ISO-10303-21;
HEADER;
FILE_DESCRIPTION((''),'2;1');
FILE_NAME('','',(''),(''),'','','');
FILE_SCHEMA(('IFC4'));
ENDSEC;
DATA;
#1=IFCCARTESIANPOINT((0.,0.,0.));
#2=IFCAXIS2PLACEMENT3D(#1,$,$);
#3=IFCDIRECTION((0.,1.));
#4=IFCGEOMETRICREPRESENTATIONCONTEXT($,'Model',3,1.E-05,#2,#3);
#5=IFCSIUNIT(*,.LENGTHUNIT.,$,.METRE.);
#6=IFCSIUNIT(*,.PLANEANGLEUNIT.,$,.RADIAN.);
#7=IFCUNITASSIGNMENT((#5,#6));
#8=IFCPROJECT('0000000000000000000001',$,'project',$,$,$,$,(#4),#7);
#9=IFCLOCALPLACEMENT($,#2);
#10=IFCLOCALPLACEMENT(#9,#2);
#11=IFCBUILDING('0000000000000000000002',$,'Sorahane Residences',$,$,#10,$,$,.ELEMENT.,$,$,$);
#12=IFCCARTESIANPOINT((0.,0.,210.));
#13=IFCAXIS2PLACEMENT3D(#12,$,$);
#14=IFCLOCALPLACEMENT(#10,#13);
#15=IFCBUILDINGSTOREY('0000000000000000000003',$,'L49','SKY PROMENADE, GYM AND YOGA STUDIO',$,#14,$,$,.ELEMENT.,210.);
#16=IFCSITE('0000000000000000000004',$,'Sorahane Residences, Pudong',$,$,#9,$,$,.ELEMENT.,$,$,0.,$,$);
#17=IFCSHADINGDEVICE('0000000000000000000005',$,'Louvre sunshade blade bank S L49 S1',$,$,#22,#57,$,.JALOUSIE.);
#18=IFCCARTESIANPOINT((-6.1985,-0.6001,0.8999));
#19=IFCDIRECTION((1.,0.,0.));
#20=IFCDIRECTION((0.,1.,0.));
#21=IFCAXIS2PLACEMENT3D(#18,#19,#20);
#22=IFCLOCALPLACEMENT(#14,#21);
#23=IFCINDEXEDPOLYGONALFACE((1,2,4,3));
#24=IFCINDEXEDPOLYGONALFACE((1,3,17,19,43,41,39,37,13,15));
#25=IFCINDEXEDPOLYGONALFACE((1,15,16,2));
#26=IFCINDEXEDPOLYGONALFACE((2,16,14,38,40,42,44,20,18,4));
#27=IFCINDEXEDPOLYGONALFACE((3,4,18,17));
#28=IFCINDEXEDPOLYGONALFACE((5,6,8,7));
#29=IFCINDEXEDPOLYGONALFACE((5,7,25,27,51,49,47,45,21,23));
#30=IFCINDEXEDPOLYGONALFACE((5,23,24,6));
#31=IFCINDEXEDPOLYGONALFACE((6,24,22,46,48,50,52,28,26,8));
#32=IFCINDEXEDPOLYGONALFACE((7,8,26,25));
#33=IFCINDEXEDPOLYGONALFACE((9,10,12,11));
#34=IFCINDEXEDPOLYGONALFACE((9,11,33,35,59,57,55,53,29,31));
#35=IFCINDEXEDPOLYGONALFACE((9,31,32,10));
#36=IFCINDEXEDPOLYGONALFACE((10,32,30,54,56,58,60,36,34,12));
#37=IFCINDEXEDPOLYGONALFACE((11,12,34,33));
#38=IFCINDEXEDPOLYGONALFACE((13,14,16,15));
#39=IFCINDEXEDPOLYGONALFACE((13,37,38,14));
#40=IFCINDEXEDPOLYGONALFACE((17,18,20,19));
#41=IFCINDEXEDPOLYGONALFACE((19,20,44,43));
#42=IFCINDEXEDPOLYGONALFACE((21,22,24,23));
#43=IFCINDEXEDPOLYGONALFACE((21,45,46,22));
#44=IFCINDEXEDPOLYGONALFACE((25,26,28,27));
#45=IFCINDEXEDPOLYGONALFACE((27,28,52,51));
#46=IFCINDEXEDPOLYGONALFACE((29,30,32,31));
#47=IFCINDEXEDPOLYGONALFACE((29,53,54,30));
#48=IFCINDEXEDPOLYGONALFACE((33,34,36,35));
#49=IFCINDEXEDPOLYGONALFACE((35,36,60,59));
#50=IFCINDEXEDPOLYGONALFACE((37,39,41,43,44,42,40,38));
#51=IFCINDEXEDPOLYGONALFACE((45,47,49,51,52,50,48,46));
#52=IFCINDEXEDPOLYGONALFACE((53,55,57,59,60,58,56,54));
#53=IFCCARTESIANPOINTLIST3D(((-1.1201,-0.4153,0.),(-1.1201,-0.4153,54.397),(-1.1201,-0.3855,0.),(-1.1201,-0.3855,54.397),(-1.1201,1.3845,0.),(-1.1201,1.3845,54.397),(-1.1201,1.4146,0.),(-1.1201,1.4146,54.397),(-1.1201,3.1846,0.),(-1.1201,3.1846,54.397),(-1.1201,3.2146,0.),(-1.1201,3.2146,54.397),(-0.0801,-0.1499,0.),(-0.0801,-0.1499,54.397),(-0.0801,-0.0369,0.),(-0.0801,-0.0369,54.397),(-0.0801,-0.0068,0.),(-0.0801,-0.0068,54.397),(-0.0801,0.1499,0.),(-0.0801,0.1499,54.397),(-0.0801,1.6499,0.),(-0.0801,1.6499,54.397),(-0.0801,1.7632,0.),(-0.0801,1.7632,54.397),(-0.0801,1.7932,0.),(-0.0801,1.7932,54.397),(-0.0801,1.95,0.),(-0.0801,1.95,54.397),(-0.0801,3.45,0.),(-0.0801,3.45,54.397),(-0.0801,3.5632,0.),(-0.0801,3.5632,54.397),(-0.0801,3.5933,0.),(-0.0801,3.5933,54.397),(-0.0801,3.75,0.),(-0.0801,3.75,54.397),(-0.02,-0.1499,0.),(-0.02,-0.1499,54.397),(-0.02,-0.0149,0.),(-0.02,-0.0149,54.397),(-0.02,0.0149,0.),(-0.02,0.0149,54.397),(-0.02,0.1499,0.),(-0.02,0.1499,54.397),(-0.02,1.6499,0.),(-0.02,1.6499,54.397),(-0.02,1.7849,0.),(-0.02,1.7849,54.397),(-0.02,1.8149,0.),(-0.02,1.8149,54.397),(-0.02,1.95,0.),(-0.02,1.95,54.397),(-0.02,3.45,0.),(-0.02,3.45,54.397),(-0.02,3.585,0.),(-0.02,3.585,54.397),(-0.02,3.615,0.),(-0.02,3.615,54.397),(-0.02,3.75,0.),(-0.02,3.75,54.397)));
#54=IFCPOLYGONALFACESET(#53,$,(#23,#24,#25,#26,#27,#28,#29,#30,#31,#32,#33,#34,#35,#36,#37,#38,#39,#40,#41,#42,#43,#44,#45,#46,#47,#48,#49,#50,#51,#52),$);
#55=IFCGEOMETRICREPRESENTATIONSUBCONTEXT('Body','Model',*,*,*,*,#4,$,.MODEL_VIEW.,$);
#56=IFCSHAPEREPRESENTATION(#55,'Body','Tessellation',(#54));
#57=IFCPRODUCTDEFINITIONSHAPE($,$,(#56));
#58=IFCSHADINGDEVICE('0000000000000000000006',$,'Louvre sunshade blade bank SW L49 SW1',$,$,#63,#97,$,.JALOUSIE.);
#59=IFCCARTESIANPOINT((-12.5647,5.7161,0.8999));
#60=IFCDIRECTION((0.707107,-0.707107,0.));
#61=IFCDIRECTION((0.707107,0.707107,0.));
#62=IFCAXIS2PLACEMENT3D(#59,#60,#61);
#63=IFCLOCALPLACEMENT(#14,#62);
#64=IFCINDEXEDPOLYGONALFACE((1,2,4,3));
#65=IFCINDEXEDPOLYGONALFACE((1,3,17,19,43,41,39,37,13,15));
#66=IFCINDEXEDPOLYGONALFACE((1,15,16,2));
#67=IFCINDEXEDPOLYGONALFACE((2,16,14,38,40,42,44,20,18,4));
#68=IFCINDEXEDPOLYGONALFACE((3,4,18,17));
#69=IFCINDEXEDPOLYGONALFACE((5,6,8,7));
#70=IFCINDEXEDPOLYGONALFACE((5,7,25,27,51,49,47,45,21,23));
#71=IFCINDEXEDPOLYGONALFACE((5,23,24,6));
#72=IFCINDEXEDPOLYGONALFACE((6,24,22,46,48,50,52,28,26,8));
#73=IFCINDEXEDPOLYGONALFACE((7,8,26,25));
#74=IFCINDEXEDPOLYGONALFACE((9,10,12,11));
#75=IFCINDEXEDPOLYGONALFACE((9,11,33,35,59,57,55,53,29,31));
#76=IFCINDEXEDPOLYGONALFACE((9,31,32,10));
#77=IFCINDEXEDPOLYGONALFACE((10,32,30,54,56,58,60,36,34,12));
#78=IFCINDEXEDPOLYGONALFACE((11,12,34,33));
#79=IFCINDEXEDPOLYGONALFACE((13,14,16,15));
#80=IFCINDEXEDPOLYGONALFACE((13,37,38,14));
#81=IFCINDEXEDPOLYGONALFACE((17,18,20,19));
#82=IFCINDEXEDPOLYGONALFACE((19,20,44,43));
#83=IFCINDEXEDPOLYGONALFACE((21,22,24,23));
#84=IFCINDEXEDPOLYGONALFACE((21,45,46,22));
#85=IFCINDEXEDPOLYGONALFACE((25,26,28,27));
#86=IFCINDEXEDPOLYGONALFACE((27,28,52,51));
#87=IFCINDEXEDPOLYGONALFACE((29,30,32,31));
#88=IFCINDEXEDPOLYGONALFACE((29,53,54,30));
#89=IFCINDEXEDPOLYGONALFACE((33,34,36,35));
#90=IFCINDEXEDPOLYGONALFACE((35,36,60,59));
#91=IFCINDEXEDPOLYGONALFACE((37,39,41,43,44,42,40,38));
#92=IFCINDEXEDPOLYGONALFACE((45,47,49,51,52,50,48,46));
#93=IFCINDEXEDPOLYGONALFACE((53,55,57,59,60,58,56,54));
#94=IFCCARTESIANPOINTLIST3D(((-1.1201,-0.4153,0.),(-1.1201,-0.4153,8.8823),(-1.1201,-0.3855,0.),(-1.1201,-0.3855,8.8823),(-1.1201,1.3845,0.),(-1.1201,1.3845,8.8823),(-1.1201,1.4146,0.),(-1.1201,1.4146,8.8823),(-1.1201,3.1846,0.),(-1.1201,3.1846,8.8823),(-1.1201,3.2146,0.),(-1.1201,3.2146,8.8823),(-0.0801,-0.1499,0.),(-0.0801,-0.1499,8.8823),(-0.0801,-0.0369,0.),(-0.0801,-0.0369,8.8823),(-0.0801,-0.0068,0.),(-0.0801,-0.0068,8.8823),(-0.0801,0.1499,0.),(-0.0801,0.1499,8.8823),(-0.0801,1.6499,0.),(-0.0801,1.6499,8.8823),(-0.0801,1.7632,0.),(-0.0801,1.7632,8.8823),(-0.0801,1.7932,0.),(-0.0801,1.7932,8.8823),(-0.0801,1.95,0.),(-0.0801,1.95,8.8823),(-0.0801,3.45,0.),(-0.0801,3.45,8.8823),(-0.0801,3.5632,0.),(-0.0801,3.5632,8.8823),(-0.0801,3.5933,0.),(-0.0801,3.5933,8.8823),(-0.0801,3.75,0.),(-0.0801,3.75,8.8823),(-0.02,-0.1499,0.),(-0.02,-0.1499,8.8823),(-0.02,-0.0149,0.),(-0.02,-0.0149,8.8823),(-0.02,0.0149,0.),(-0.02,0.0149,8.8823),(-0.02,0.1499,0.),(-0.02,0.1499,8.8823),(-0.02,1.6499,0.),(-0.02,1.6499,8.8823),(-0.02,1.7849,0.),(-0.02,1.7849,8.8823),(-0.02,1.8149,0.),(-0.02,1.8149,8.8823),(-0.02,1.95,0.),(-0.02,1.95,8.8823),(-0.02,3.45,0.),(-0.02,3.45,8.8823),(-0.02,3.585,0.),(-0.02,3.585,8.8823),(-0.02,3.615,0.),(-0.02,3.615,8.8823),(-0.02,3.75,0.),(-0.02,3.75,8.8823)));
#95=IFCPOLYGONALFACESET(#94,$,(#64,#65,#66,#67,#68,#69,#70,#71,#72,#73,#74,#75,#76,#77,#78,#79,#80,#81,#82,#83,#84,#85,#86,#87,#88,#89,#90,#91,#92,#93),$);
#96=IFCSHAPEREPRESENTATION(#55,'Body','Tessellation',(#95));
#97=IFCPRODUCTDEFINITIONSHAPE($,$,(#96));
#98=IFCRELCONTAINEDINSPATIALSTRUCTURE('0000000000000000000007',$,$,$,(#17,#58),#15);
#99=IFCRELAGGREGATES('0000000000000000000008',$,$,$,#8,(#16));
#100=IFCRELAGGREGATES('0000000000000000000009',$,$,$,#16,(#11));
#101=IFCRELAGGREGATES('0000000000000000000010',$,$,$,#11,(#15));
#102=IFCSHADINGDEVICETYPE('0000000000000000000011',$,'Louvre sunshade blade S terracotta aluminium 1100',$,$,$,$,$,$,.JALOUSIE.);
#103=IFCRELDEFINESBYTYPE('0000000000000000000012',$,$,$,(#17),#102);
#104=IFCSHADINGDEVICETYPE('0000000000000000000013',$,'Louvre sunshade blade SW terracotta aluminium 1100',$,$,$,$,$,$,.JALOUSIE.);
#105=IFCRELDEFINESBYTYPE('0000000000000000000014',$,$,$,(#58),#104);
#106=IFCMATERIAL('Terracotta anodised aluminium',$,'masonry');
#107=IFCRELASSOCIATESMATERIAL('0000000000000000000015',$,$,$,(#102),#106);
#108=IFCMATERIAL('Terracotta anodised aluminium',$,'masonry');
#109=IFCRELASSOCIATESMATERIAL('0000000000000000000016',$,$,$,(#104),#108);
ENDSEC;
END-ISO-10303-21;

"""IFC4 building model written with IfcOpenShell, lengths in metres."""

from ifc_helpers import new_model, si_unit, direction, frame, origin, place, context, subcontext, project, spatial, polyline, outline, composite_profile, extrude, material, type_object, element, save


model = new_model("IFC4")

# Units and contexts
model_context = context("Model", 3, precision=1e-05, world=origin(), true_north=direction((0.0, 1.0)))
body_context = subcontext(model_context, "Body", "Model", "MODEL_VIEW")
ifc_project = project(units=[si_unit("LENGTHUNIT", "METRE"), si_unit("PLANEANGLEUNIT", "RADIAN")], contexts=[model_context])

# Site, building, storey
site_placement = place(None, origin())
site = spatial("IfcSite", under=ifc_project, at=site_placement, Name="Sorahane Residences, Pudong", CompositionType="ELEMENT", RefElevation=0.0)
building_placement = place(site_placement, origin())
building = spatial("IfcBuilding", under=site, at=building_placement, Name="Sorahane Residences", CompositionType="ELEMENT")
storey_placement = place(building_placement, frame((0.0, 0.0, 210.0)))
storey = spatial("IfcBuildingStorey", under=building, at=storey_placement, Name="L49", Description="SKY PROMENADE, GYM AND YOGA STUDIO", CompositionType="ELEMENT", Elevation=210.0)

# Shading devices
ifc_material_1 = material(Name="Terracotta anodised aluminium", Category="masonry")
shading_device_type_1 = type_object("IfcShadingDeviceType", Name="Louvre sunshade blade S terracotta aluminium 1100", PredefinedType="JALOUSIE", material=ifc_material_1)
shading_device_1_placement = place(storey_placement, frame((-6.1985, -0.6001, 0.8999), z_axis=(1.0, 0.0, 0.0), x_axis=(0.0, 1.0, 0.0)))
element("IfcShadingDevice", 1, at=shading_device_1_placement, inside=storey, type_object=shading_device_type_1, Name="Louvre sunshade blade bank S L49 S1", PredefinedType="JALOUSIE", context=body_context, shape_type="SweptSolid", body=[
    extrude(composite_profile([outline(polyline([(-1.1201, -0.3855), (-1.1201, -0.4153), (-0.0801, -0.0369), (-0.0801, -0.1499), (-0.02, -0.1499), (-0.02, -0.0149), (-0.02, 0.0149), (-0.02, 0.1499), (-0.0801, 0.1499), (-0.0801, -0.0068), (-1.1201, -0.3855)])), outline(polyline([(-1.1201, 1.4146), (-1.1201, 1.3845), (-0.0801, 1.7632), (-0.0801, 1.6499), (-0.02, 1.6499), (-0.02, 1.7849), (-0.02, 1.8149), (-0.02, 1.95), (-0.0801, 1.95), (-0.0801, 1.7932), (-1.1201, 1.4146)])), outline(polyline([(-1.1201, 3.2146), (-1.1201, 3.1846), (-0.0801, 3.5632), (-0.0801, 3.45), (-0.02, 3.45), (-0.02, 3.585), (-0.02, 3.615), (-0.02, 3.75), (-0.0801, 3.75), (-0.0801, 3.5933), (-1.1201, 3.2146)]))]), origin(), (0.0, 0.0, 1.0), 54.397),
])
ifc_material_2 = material(Name="Terracotta anodised aluminium", Category="masonry")
shading_device_type_2 = type_object("IfcShadingDeviceType", Name="Louvre sunshade blade SW terracotta aluminium 1100", PredefinedType="JALOUSIE", material=ifc_material_2)
shading_device_2_placement = place(storey_placement, frame((-12.5647, 5.7161, 0.8999), z_axis=(0.707107, -0.707107, 0.0), x_axis=(0.707107, 0.707107, 0.0)))
element("IfcShadingDevice", 2, at=shading_device_2_placement, inside=storey, type_object=shading_device_type_2, Name="Louvre sunshade blade bank SW L49 SW1", PredefinedType="JALOUSIE", context=body_context, shape_type="SweptSolid", body=[
    extrude(composite_profile([outline(polyline([(-1.1201, -0.3855), (-1.1201, -0.4153), (-0.0801, -0.0369), (-0.0801, -0.1499), (-0.02, -0.1499), (-0.02, -0.0149), (-0.02, 0.0149), (-0.02, 0.1499), (-0.0801, 0.1499), (-0.0801, -0.0068), (-1.1201, -0.3855)])), outline(polyline([(-1.1201, 1.4146), (-1.1201, 1.3845), (-0.0801, 1.7632), (-0.0801, 1.6499), (-0.02, 1.6499), (-0.02, 1.7849), (-0.02, 1.8149), (-0.02, 1.95), (-0.0801, 1.95), (-0.0801, 1.7932), (-1.1201, 1.4146)])), outline(polyline([(-1.1201, 3.2146), (-1.1201, 3.1846), (-0.0801, 3.5632), (-0.0801, 3.45), (-0.02, 3.45), (-0.02, 3.585), (-0.02, 3.615), (-0.02, 3.75), (-0.0801, 3.75), (-0.0801, 3.5933), (-1.1201, 3.2146)]))]), origin(), (0.0, 0.0, 1.0), 8.8823),
])

save(model, "model.ifc")
